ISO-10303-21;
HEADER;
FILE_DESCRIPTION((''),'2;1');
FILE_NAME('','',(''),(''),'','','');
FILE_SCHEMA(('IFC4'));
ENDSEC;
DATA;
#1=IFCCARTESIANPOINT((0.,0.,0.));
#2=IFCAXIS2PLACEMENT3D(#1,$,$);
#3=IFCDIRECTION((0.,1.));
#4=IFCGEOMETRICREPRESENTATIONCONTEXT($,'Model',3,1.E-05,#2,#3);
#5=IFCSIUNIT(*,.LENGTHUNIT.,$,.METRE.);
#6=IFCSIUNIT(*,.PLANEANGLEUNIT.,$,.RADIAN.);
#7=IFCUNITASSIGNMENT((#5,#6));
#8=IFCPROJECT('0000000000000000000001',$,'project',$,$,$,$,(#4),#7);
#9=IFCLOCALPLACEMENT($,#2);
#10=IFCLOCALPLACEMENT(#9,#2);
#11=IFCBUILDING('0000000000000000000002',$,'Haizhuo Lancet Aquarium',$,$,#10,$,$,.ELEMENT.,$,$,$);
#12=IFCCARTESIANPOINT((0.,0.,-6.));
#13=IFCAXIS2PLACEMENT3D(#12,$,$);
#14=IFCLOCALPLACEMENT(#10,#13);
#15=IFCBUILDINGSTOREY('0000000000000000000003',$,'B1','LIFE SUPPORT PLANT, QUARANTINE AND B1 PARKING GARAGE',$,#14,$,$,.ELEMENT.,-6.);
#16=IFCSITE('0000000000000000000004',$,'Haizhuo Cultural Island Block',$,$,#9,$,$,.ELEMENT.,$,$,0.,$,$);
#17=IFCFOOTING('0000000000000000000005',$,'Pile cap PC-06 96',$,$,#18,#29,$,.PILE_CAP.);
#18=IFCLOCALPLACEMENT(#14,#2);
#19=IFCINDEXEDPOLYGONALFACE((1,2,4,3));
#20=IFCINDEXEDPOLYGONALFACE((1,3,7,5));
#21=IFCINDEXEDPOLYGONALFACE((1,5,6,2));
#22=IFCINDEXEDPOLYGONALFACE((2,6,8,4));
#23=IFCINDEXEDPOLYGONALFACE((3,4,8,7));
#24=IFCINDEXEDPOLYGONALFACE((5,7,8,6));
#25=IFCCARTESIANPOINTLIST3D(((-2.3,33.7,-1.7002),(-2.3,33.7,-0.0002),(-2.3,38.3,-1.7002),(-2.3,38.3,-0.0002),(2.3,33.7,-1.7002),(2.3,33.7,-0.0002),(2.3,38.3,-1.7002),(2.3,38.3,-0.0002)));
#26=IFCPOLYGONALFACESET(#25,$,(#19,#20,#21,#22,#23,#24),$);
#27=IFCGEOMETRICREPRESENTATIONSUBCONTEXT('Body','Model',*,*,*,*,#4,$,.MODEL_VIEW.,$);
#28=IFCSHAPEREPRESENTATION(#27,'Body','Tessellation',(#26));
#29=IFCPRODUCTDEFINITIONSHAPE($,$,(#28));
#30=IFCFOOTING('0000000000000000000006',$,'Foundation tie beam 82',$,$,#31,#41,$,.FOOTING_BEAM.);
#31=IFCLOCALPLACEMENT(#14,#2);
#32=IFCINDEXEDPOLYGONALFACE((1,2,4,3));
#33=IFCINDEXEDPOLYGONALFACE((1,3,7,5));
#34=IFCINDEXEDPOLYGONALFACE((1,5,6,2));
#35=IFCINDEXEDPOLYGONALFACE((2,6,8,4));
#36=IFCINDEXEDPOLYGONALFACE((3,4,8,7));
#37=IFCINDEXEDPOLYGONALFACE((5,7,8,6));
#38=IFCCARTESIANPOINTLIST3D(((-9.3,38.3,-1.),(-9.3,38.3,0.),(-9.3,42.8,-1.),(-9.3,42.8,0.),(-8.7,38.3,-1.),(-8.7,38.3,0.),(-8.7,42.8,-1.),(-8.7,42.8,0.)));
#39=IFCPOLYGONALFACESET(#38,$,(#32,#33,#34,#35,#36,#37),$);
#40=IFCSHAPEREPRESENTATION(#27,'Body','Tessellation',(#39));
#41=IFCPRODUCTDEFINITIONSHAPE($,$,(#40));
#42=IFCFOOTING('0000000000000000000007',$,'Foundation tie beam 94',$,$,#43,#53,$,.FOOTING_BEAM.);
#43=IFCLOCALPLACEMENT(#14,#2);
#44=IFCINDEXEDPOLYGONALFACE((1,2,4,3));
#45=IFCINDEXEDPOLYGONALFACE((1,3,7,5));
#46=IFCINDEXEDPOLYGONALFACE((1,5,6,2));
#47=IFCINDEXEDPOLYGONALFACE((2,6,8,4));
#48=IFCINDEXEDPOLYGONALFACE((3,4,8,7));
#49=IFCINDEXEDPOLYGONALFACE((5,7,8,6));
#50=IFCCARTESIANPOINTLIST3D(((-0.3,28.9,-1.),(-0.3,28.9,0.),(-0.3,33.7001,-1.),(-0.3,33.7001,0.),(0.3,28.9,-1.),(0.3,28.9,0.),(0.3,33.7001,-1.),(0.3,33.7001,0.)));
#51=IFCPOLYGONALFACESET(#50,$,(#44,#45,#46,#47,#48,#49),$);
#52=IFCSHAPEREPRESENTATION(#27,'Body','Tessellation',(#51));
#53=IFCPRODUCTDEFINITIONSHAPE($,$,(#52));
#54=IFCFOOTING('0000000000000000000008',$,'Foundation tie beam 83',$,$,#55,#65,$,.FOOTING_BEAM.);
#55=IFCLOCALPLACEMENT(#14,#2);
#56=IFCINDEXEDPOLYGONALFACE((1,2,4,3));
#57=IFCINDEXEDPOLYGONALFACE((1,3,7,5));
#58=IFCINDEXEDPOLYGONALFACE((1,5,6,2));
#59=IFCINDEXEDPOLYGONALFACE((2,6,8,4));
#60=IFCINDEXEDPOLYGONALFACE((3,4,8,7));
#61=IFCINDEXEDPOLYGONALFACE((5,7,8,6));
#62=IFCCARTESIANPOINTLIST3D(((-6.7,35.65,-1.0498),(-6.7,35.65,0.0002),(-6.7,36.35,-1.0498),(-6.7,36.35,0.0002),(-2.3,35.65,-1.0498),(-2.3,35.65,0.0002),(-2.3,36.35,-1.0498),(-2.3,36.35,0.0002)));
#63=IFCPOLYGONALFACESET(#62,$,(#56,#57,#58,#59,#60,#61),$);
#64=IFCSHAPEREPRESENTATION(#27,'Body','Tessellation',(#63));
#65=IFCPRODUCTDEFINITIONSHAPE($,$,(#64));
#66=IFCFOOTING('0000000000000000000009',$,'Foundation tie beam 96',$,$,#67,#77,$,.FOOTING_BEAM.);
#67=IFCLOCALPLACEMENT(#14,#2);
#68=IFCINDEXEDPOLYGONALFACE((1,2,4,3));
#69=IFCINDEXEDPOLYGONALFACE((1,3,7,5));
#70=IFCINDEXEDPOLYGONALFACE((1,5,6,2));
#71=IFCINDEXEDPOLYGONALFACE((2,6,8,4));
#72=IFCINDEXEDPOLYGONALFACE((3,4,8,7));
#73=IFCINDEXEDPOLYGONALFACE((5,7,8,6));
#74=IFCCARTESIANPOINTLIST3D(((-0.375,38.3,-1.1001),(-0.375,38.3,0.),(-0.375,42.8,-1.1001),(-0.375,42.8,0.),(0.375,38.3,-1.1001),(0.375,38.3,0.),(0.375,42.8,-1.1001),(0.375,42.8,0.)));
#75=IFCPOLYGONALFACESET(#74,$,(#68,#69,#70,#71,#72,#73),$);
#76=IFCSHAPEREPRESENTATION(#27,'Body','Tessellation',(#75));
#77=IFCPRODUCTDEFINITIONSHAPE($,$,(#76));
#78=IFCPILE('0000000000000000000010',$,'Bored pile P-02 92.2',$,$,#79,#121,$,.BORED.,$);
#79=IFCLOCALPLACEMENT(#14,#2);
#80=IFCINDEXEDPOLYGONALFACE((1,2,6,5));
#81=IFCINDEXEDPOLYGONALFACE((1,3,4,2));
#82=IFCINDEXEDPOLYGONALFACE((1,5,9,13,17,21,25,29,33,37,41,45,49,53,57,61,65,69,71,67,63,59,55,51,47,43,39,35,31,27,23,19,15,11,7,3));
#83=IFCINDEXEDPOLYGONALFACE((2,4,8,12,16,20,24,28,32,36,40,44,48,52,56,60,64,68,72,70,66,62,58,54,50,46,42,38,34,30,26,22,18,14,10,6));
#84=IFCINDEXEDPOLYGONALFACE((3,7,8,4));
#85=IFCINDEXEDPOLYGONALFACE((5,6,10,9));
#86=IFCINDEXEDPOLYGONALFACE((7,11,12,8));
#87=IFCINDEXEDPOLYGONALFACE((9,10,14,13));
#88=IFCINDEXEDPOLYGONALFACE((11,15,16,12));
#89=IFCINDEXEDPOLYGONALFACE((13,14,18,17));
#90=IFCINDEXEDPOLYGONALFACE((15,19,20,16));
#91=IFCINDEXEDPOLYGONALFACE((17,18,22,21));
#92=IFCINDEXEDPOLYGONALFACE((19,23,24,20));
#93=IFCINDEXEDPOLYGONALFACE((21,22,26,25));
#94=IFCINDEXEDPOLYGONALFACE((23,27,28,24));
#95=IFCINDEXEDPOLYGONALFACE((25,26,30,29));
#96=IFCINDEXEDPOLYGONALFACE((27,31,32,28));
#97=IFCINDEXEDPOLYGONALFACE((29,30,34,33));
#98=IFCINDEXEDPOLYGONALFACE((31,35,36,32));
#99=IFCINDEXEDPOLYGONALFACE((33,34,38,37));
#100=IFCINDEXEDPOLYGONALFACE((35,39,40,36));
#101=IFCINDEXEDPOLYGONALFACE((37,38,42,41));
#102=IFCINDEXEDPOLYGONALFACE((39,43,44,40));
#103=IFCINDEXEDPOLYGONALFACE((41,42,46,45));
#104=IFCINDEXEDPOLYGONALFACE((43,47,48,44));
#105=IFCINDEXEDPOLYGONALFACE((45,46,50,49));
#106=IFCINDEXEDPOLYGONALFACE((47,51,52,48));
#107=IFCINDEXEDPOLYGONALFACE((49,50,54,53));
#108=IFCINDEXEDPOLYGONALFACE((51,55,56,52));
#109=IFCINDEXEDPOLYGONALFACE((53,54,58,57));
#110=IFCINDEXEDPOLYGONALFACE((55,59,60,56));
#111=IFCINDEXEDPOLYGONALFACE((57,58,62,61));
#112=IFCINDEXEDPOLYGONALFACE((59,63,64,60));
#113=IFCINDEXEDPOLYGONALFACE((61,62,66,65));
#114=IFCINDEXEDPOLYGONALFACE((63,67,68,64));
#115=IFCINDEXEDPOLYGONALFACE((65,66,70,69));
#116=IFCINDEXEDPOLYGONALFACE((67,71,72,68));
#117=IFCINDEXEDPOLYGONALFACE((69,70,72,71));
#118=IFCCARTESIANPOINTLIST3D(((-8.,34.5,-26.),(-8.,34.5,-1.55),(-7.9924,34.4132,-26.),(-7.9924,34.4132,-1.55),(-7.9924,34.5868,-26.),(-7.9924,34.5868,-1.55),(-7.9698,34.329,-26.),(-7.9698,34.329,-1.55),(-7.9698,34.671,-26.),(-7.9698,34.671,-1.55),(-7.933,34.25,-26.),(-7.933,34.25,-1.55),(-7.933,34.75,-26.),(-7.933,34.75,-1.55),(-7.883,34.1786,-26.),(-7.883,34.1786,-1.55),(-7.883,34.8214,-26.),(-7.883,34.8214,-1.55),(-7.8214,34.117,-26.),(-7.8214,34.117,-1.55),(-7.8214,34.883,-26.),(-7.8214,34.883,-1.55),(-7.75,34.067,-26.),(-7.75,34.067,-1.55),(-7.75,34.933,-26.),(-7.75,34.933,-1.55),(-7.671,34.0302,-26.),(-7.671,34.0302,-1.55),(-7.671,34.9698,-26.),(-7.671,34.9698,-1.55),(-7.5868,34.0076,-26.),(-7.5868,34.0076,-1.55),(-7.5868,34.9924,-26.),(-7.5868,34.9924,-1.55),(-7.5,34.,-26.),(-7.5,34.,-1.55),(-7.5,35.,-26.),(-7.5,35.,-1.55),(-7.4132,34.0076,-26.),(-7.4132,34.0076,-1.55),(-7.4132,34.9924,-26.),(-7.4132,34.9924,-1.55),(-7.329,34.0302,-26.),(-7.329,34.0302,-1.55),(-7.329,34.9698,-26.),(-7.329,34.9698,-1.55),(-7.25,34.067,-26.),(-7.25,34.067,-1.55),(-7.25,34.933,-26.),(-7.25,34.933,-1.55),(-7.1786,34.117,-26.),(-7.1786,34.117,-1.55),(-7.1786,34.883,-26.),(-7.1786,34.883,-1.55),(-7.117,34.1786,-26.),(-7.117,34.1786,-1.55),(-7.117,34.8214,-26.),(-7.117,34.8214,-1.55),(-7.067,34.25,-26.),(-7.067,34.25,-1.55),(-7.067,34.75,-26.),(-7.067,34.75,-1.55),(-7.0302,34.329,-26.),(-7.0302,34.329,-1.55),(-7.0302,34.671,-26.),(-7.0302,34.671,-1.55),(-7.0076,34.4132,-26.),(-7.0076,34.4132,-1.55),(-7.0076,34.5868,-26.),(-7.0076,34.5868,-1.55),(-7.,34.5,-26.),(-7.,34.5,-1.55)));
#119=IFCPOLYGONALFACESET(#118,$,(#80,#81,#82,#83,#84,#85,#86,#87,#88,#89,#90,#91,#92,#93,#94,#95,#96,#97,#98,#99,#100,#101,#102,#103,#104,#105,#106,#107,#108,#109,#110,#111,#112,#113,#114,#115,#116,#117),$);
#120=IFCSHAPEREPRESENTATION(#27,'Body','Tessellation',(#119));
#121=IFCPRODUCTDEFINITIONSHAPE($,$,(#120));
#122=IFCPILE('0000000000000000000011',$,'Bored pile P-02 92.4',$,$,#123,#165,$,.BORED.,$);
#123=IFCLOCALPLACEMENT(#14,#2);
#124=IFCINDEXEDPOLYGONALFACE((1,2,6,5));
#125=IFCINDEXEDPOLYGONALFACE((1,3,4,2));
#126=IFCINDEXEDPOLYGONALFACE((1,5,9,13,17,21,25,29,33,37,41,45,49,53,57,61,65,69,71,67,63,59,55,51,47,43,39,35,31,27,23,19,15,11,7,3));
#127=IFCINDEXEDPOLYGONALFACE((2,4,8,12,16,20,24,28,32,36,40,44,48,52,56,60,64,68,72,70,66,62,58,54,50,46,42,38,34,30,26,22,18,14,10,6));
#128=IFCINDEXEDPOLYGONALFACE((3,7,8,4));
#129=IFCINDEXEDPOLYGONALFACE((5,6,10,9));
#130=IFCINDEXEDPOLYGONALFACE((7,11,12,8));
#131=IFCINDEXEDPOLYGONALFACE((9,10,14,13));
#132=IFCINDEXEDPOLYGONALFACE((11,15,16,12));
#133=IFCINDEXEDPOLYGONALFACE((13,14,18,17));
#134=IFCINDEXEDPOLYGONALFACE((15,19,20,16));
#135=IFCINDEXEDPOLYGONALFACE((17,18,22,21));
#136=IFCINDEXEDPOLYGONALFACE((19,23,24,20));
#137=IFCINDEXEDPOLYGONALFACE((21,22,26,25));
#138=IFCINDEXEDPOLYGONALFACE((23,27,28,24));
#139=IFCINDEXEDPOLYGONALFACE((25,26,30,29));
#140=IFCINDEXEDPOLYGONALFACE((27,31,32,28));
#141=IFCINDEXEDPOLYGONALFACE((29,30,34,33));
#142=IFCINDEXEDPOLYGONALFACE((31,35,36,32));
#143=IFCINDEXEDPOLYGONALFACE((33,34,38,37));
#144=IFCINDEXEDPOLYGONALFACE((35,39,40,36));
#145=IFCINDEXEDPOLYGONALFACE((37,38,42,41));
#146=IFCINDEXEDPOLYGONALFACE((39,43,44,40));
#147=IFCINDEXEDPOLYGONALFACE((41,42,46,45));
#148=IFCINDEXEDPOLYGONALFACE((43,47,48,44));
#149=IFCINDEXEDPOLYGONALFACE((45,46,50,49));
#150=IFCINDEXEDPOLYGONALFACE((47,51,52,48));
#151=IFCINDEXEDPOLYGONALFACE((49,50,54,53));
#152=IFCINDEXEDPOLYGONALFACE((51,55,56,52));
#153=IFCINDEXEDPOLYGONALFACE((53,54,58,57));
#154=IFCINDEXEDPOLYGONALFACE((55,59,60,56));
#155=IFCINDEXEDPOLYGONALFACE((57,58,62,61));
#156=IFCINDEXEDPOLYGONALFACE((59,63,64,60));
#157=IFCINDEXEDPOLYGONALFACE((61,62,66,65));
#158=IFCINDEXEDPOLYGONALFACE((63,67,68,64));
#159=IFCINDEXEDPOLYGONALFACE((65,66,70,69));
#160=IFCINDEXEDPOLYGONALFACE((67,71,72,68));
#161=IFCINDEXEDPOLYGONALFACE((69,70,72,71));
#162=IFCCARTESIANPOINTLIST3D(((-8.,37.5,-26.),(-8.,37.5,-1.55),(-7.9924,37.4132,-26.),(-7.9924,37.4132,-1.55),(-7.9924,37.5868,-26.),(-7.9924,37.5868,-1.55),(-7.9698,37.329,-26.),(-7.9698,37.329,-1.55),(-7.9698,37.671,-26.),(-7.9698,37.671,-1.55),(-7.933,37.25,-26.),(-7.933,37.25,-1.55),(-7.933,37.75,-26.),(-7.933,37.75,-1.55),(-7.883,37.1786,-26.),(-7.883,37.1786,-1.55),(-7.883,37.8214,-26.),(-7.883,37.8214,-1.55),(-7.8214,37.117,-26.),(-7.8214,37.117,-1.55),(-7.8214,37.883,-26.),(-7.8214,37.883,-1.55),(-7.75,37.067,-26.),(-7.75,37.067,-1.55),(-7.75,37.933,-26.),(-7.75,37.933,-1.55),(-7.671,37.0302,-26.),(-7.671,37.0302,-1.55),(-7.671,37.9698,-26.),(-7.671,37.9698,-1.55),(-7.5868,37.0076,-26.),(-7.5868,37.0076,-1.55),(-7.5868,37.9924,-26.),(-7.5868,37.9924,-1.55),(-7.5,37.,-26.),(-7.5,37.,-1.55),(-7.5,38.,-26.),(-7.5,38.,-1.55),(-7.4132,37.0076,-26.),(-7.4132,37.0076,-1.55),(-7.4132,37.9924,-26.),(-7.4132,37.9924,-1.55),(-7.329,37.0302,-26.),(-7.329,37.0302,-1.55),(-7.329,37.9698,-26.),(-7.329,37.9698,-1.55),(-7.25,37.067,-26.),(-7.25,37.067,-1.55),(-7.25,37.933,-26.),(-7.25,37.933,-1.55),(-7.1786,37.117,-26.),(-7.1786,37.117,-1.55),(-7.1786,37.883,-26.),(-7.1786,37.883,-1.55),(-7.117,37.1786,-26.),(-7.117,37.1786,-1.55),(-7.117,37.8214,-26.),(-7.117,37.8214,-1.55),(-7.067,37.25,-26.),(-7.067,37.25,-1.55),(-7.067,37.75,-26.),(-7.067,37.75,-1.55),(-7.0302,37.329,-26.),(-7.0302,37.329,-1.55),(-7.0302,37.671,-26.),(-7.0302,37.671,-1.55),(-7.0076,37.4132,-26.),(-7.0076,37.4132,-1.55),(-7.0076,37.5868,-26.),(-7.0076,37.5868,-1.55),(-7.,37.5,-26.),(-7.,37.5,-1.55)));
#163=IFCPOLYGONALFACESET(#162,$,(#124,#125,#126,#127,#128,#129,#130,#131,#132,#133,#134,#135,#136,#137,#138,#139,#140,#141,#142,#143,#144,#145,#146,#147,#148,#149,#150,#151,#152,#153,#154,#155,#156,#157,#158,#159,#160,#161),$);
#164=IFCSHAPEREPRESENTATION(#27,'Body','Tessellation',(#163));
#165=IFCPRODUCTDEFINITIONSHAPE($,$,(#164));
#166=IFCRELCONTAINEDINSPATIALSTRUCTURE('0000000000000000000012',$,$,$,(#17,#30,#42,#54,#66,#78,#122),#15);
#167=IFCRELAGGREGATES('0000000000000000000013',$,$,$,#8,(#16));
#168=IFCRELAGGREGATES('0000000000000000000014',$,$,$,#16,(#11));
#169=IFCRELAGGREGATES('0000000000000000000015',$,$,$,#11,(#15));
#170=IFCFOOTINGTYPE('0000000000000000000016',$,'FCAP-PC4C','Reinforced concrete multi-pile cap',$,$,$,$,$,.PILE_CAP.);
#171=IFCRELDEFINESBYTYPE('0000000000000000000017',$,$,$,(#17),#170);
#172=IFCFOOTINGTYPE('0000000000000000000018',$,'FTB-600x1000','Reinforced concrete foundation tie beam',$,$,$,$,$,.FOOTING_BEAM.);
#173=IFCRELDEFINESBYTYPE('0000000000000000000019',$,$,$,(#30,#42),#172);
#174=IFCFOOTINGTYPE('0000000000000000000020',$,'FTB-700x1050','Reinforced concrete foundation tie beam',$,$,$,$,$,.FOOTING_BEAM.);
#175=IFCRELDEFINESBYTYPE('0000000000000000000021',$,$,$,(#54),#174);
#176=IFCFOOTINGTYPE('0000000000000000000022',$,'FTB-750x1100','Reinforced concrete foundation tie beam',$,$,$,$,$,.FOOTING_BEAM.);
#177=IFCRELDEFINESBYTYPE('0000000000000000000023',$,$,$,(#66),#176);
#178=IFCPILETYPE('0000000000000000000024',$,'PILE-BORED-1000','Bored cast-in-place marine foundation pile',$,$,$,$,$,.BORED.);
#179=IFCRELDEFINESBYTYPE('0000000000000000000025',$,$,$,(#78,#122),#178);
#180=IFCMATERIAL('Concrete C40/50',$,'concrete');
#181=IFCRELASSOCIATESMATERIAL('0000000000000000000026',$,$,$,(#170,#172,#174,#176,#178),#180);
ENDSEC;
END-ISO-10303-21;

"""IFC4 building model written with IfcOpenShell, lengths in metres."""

from ifc_helpers import new_model, si_unit, direction, frame, origin, origin_2d, place, context, subcontext, project, spatial, rectangle, circle, extrude, material, material_profile, profile_set, type_object, element, save


model = new_model("IFC4")

# Units and contexts
model_context = context("Model", 3, precision=1e-05, world=origin(), true_north=direction((0.0, 1.0)))
body_context = subcontext(model_context, "Body", "Model", "MODEL_VIEW")
ifc_project = project(units=[si_unit("LENGTHUNIT", "METRE"), si_unit("PLANEANGLEUNIT", "RADIAN")], contexts=[model_context])

# Site, building, storey
site_placement = place(None, origin())
site = spatial("IfcSite", under=ifc_project, at=site_placement, Name="Haizhuo Cultural Island Block", CompositionType="ELEMENT", RefElevation=0.0)
building_placement = place(site_placement, origin())
building = spatial("IfcBuilding", under=site, at=building_placement, Name="Haizhuo Lancet Aquarium", CompositionType="ELEMENT")
storey_placement = place(building_placement, frame((0.0, 0.0, -6.0)))
storey = spatial("IfcBuildingStorey", under=building, at=storey_placement, Name="B1", Description="LIFE SUPPORT PLANT, QUARANTINE AND B1 PARKING GARAGE", CompositionType="ELEMENT", Elevation=-6.0)

# Footings
ifc_material_1 = material(Name="Concrete C40/50", Category="concrete")
footing_type_1 = type_object("IfcFootingType", Name="FCAP-PC4C", Description="Reinforced concrete multi-pile cap", PredefinedType="PILE_CAP", material=ifc_material_1)
footing_1_placement = place(storey_placement, frame((0.0, 36.0, -1.7002), z_axis=(0.0, 0.0, 1.0), x_axis=(1.0, 0.0, 0.0)))
element("IfcFooting", 1, at=footing_1_placement, inside=storey, type_object=footing_type_1, Name="Pile cap PC-06 96", PredefinedType="PILE_CAP", context=body_context, shape_type="SweptSolid", body=[
    extrude(rectangle(XDim=4.6001, YDim=4.6001, at=origin_2d()), origin(), (0.0, 0.0, 1.0), 1.7),
])
footing_type_2 = type_object("IfcFootingType", Name="FTB-600x1000", Description="Reinforced concrete foundation tie beam", PredefinedType="FOOTING_BEAM", material=ifc_material_1)
footing_2_placement = place(storey_placement, frame((-9.0, 40.55, -1.0), z_axis=(0.0, 0.0, 1.0), x_axis=(0.0, 1.0, 0.0)))
element("IfcFooting", 2, at=footing_2_placement, inside=storey, type_object=footing_type_2, Name="Foundation tie beam 82", PredefinedType="FOOTING_BEAM", context=body_context, shape_type="SweptSolid", body=[
    extrude(rectangle(XDim=4.5, YDim=0.6001, at=origin_2d()), origin(), (0.0, 0.0, 1.0), 1.0),
])
footing_3_placement = place(storey_placement, frame((0.0, 31.3, -1.0), z_axis=(0.0, 0.0, 1.0), x_axis=(0.0, 1.0, 0.0)))
element("IfcFooting", 3, at=footing_3_placement, inside=storey, type_object=footing_type_2, Name="Foundation tie beam 94", PredefinedType="FOOTING_BEAM", context=body_context, shape_type="SweptSolid", body=[
    extrude(rectangle(XDim=4.8, YDim=0.6001, at=origin_2d()), origin(), (0.0, 0.0, 1.0), 1.0),
])
footing_type_3 = type_object("IfcFootingType", Name="FTB-700x1050", Description="Reinforced concrete foundation tie beam", PredefinedType="FOOTING_BEAM", material=ifc_material_1)
footing_4_placement = place(storey_placement, frame((-4.5, 36.0, -1.0498), z_axis=(0.0, 0.0, 1.0), x_axis=(1.0, 0.0, 0.0)))
element("IfcFooting", 4, at=footing_4_placement, inside=storey, type_object=footing_type_3, Name="Foundation tie beam 83", PredefinedType="FOOTING_BEAM", context=body_context, shape_type="SweptSolid", body=[
    extrude(rectangle(XDim=4.3999, YDim=0.7, at=origin_2d()), origin(), (0.0, 0.0, 1.0), 1.05),
])
footing_type_4 = type_object("IfcFootingType", Name="FTB-750x1100", Description="Reinforced concrete foundation tie beam", PredefinedType="FOOTING_BEAM", material=ifc_material_1)
footing_5_placement = place(storey_placement, frame((0.0, 40.55, -1.1001), z_axis=(0.0, 0.0, 1.0), x_axis=(0.0, 1.0, 0.0)))
element("IfcFooting", 5, at=footing_5_placement, inside=storey, type_object=footing_type_4, Name="Foundation tie beam 96", PredefinedType="FOOTING_BEAM", context=body_context, shape_type="SweptSolid", body=[
    extrude(rectangle(XDim=4.5, YDim=0.75, at=origin_2d()), origin(), (0.0, 0.0, 1.0), 1.1001),
])

# Piles
ifc_material_profile_1 = material_profile(ifc_material_1, circle(Radius=0.5, at=origin_2d()), Name="PILE-1000")
ifc_profile_set_1 = profile_set([ifc_material_profile_1], Name="Concrete C40/50")
pile_type_1 = type_object("IfcPileType", Name="PILE-BORED-1000", Description="Bored cast-in-place marine foundation pile", PredefinedType="BORED", material=ifc_profile_set_1)
for number, where, z_axis, x_axis, name in (
    (6, (-7.5, 34.5, -1.55), (0.0, 0.0, -1.0), (1.0, 0.0, 0.0), "Bored pile P-02 92.2"),
    (7, (-7.5, 37.5, -1.55), (0.0, 0.0, -1.0), (1.0, 0.0, 0.0), "Bored pile P-02 92.4"),
):
    element("IfcPile", number, at=place(storey_placement, frame(where, z_axis=z_axis, x_axis=x_axis)), inside=storey, type_object=pile_type_1, Name=name, PredefinedType="BORED", context=body_context, shape_type="SweptSolid", body=[
        extrude(circle(Radius=0.5, at=origin_2d()), origin(), (0.0, 0.0, 1.0), 24.45),
    ])

save(model, "model.ifc")
